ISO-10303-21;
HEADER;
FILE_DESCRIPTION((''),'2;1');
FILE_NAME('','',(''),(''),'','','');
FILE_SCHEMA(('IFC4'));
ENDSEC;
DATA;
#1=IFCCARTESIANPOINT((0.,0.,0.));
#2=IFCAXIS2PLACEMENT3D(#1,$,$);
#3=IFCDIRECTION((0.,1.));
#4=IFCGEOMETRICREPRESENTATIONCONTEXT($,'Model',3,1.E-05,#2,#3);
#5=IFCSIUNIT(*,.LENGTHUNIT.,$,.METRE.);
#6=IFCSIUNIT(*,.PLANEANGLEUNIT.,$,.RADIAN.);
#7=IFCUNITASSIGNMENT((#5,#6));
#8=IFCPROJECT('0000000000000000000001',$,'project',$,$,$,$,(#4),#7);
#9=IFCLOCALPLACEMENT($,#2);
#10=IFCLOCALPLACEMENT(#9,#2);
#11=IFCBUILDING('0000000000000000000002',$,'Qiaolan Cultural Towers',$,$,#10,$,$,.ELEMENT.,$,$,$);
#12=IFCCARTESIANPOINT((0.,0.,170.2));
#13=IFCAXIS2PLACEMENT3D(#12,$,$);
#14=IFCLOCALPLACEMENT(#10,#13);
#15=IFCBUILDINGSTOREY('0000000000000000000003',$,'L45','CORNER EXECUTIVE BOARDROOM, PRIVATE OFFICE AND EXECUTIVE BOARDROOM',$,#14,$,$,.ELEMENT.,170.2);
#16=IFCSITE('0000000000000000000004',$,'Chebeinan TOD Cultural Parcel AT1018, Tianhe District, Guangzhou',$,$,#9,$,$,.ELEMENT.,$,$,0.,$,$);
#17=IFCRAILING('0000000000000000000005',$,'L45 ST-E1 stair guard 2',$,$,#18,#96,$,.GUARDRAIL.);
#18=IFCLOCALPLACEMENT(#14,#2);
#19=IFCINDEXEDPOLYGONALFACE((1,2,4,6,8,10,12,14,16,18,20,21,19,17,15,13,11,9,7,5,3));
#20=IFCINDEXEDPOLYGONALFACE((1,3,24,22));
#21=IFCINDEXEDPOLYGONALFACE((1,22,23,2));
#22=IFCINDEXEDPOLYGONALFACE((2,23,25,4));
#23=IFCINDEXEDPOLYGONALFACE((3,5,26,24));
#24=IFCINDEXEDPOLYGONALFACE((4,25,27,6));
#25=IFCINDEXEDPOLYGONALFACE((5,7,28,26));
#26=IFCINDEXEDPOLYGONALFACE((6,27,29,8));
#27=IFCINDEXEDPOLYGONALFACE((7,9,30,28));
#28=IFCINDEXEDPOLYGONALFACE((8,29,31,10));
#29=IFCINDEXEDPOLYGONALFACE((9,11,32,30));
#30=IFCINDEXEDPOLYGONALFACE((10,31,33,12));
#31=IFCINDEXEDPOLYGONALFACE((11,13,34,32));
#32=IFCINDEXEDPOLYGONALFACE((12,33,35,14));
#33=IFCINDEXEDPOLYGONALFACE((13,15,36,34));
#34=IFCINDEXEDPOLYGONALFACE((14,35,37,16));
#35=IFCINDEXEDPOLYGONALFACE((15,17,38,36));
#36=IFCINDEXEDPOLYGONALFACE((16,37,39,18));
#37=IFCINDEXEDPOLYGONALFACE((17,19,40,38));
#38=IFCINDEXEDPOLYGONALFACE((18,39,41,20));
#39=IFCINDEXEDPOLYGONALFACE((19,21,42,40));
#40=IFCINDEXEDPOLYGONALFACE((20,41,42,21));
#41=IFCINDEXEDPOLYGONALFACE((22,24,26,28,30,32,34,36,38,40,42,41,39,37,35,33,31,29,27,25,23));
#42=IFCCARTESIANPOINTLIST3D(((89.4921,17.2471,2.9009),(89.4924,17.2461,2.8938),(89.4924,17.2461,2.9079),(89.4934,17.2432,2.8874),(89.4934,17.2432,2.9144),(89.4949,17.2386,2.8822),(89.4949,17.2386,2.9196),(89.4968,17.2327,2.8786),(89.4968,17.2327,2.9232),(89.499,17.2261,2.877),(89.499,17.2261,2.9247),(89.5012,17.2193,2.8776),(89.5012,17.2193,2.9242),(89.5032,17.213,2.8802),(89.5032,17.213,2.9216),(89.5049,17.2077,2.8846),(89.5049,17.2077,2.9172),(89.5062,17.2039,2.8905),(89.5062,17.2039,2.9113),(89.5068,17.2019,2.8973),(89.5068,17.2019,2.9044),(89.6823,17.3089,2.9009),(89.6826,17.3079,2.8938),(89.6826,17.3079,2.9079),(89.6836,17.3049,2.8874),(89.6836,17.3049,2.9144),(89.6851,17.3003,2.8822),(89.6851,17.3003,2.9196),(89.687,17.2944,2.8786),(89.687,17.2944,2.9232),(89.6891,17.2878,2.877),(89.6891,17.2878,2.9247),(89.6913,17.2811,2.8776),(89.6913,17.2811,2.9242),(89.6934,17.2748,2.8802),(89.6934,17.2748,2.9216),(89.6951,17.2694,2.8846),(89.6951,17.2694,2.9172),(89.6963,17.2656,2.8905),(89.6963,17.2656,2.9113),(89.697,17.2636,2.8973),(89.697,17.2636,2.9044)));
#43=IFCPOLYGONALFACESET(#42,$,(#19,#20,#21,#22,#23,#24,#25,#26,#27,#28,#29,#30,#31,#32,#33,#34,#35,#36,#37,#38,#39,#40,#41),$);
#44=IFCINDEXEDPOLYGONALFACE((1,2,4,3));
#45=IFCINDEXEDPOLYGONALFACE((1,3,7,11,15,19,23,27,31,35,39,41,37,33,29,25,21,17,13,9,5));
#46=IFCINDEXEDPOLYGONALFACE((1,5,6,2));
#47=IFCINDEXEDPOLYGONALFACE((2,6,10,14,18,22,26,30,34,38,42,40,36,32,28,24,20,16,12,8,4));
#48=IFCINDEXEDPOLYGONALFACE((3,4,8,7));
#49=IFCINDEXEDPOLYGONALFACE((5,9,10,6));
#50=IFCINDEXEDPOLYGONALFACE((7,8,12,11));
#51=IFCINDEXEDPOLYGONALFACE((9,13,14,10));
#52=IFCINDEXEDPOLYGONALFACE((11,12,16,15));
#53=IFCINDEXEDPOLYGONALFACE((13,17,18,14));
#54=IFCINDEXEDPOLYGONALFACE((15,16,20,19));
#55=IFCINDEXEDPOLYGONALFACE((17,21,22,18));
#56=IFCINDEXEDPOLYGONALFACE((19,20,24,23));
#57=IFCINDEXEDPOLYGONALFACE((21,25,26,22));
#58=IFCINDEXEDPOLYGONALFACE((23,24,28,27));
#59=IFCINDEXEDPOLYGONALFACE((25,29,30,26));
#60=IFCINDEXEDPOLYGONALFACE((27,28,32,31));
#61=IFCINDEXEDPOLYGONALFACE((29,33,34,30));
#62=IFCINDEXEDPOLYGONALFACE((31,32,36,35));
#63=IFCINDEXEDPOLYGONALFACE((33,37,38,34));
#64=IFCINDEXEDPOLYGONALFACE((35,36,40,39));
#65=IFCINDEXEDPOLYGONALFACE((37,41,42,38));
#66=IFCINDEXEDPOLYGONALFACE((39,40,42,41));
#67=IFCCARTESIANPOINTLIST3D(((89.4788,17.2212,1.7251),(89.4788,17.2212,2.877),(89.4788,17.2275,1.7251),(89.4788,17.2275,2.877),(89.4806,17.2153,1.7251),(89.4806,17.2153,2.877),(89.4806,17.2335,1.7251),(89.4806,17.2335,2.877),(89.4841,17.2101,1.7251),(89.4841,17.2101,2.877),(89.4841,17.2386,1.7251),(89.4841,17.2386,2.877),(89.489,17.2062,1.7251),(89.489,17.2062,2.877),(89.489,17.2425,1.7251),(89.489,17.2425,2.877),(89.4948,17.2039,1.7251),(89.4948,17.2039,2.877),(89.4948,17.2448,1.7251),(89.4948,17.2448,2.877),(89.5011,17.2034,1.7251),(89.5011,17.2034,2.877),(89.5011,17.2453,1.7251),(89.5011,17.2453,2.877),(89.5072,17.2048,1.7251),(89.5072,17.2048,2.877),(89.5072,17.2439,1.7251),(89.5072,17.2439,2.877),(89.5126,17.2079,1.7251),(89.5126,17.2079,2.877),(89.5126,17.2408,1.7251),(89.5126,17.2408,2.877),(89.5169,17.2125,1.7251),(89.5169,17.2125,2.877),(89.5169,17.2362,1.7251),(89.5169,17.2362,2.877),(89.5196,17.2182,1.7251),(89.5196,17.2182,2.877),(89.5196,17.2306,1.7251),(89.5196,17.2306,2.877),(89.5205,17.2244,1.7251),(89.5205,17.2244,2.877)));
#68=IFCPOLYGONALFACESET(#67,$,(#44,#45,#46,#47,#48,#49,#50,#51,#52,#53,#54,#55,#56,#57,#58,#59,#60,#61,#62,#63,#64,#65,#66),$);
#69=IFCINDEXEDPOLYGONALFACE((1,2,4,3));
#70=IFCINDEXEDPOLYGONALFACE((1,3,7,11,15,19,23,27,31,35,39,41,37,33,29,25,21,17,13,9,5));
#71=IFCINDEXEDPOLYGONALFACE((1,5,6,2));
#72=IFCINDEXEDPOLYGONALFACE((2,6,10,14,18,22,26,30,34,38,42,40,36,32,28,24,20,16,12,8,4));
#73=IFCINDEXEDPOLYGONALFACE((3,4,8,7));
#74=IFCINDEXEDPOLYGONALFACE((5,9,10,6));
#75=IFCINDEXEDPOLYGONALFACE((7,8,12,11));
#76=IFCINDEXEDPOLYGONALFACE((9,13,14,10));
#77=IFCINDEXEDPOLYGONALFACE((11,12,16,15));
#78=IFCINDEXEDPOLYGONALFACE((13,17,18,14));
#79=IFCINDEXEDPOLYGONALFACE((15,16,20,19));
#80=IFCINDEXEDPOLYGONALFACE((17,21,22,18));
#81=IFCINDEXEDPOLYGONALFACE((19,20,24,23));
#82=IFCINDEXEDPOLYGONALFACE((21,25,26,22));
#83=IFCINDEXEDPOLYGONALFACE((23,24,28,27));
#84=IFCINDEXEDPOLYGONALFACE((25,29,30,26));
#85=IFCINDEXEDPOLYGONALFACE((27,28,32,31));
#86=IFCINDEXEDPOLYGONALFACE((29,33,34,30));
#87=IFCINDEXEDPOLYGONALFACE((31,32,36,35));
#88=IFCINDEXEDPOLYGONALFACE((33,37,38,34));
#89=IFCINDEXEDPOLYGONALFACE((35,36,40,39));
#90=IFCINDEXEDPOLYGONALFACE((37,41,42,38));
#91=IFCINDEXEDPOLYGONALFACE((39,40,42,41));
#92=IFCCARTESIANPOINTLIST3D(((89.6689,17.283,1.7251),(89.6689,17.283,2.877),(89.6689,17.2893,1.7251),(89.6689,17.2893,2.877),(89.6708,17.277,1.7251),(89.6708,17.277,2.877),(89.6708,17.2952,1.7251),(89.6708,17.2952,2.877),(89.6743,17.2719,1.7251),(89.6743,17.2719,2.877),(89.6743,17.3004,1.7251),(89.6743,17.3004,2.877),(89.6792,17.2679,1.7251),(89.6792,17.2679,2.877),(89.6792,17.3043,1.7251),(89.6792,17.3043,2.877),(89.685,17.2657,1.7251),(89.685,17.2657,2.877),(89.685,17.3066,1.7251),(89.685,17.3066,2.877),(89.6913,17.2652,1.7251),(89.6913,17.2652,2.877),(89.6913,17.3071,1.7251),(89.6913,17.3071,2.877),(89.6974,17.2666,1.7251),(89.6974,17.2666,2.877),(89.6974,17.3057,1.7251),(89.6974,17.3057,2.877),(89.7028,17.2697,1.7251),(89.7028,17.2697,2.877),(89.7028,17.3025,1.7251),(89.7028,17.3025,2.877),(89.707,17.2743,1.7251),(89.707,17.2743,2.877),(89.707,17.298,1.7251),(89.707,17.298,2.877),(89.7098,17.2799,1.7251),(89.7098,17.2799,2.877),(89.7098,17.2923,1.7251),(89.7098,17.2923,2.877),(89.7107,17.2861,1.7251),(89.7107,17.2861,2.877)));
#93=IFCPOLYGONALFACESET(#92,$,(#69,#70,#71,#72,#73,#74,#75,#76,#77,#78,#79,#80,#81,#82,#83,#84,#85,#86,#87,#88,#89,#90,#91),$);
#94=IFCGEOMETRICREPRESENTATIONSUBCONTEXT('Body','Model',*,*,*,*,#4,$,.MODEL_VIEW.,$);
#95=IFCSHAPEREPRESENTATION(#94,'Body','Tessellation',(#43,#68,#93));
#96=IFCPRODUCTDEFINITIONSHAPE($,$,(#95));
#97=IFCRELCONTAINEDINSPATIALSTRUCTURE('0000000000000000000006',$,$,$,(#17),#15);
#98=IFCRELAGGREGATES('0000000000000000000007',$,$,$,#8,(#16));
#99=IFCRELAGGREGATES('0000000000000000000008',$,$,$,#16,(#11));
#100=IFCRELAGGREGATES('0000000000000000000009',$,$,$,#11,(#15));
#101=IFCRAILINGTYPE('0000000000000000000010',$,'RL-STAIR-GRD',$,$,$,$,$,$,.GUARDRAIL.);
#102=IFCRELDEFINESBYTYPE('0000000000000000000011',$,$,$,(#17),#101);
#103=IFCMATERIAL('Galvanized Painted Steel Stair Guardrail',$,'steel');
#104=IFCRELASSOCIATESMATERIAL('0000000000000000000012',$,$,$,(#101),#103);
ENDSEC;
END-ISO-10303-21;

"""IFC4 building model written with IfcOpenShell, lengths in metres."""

from ifc_helpers import new_model, si_unit, direction, frame, origin, origin_2d, place, context, subcontext, project, spatial, circle, extrude, material, type_object, element, save


model = new_model("IFC4")

# Units and contexts
model_context = context("Model", 3, precision=1e-05, world=origin(), true_north=direction((0.0, 1.0)))
body_context = subcontext(model_context, "Body", "Model", "MODEL_VIEW")
ifc_project = project(units=[si_unit("LENGTHUNIT", "METRE"), si_unit("PLANEANGLEUNIT", "RADIAN")], contexts=[model_context])

# Site, building, storey
site_placement = place(None, origin())
site = spatial("IfcSite", under=ifc_project, at=site_placement, Name="Chebeinan TOD Cultural Parcel AT1018, Tianhe District, Guangzhou", CompositionType="ELEMENT", RefElevation=0.0)
building_placement = place(site_placement, origin())
building = spatial("IfcBuilding", under=site, at=building_placement, Name="Qiaolan Cultural Towers", CompositionType="ELEMENT")
storey_placement = place(building_placement, frame((0.0, 0.0, 170.2)))
storey = spatial("IfcBuildingStorey", under=building, at=storey_placement, Name="L45", Description="CORNER EXECUTIVE BOARDROOM, PRIVATE OFFICE AND EXECUTIVE BOARDROOM", CompositionType="ELEMENT", Elevation=170.2)

# Railing
ifc_material_1 = material(Name="Galvanized Painted Steel Stair Guardrail", Category="steel")
railing_type_1 = type_object("IfcRailingType", Name="RL-STAIR-GRD", PredefinedType="GUARDRAIL", material=ifc_material_1)
railing_1_placement = place(storey_placement, frame((89.4995, 17.2244, 1.7251)))
element("IfcRailing", 1, at=railing_1_placement, inside=storey, type_object=railing_type_1, Name="L45 ST-E1 stair guard 2", PredefinedType="GUARDRAIL", context=body_context, shape_type="SweptSolid", body=[
    extrude(circle(Radius=0.0239, at=origin_2d()), frame((0.0, 0.0, 1.1758), z_axis=(0.951097, 0.308893, 0.0), x_axis=(-0.308893, 0.951097, 0.0)), (0.0, 0.0, 1.0), 0.2),
    extrude(circle(Radius=0.021, at=origin_2d()), origin(), (0.0, 0.0, 1.0), 1.1519),
    extrude(circle(Radius=0.021, at=origin_2d()), frame((0.1902, 0.0618, 0.0)), (0.0, 0.0, 1.0), 1.1519),
])

save(model, "model.ifc")
